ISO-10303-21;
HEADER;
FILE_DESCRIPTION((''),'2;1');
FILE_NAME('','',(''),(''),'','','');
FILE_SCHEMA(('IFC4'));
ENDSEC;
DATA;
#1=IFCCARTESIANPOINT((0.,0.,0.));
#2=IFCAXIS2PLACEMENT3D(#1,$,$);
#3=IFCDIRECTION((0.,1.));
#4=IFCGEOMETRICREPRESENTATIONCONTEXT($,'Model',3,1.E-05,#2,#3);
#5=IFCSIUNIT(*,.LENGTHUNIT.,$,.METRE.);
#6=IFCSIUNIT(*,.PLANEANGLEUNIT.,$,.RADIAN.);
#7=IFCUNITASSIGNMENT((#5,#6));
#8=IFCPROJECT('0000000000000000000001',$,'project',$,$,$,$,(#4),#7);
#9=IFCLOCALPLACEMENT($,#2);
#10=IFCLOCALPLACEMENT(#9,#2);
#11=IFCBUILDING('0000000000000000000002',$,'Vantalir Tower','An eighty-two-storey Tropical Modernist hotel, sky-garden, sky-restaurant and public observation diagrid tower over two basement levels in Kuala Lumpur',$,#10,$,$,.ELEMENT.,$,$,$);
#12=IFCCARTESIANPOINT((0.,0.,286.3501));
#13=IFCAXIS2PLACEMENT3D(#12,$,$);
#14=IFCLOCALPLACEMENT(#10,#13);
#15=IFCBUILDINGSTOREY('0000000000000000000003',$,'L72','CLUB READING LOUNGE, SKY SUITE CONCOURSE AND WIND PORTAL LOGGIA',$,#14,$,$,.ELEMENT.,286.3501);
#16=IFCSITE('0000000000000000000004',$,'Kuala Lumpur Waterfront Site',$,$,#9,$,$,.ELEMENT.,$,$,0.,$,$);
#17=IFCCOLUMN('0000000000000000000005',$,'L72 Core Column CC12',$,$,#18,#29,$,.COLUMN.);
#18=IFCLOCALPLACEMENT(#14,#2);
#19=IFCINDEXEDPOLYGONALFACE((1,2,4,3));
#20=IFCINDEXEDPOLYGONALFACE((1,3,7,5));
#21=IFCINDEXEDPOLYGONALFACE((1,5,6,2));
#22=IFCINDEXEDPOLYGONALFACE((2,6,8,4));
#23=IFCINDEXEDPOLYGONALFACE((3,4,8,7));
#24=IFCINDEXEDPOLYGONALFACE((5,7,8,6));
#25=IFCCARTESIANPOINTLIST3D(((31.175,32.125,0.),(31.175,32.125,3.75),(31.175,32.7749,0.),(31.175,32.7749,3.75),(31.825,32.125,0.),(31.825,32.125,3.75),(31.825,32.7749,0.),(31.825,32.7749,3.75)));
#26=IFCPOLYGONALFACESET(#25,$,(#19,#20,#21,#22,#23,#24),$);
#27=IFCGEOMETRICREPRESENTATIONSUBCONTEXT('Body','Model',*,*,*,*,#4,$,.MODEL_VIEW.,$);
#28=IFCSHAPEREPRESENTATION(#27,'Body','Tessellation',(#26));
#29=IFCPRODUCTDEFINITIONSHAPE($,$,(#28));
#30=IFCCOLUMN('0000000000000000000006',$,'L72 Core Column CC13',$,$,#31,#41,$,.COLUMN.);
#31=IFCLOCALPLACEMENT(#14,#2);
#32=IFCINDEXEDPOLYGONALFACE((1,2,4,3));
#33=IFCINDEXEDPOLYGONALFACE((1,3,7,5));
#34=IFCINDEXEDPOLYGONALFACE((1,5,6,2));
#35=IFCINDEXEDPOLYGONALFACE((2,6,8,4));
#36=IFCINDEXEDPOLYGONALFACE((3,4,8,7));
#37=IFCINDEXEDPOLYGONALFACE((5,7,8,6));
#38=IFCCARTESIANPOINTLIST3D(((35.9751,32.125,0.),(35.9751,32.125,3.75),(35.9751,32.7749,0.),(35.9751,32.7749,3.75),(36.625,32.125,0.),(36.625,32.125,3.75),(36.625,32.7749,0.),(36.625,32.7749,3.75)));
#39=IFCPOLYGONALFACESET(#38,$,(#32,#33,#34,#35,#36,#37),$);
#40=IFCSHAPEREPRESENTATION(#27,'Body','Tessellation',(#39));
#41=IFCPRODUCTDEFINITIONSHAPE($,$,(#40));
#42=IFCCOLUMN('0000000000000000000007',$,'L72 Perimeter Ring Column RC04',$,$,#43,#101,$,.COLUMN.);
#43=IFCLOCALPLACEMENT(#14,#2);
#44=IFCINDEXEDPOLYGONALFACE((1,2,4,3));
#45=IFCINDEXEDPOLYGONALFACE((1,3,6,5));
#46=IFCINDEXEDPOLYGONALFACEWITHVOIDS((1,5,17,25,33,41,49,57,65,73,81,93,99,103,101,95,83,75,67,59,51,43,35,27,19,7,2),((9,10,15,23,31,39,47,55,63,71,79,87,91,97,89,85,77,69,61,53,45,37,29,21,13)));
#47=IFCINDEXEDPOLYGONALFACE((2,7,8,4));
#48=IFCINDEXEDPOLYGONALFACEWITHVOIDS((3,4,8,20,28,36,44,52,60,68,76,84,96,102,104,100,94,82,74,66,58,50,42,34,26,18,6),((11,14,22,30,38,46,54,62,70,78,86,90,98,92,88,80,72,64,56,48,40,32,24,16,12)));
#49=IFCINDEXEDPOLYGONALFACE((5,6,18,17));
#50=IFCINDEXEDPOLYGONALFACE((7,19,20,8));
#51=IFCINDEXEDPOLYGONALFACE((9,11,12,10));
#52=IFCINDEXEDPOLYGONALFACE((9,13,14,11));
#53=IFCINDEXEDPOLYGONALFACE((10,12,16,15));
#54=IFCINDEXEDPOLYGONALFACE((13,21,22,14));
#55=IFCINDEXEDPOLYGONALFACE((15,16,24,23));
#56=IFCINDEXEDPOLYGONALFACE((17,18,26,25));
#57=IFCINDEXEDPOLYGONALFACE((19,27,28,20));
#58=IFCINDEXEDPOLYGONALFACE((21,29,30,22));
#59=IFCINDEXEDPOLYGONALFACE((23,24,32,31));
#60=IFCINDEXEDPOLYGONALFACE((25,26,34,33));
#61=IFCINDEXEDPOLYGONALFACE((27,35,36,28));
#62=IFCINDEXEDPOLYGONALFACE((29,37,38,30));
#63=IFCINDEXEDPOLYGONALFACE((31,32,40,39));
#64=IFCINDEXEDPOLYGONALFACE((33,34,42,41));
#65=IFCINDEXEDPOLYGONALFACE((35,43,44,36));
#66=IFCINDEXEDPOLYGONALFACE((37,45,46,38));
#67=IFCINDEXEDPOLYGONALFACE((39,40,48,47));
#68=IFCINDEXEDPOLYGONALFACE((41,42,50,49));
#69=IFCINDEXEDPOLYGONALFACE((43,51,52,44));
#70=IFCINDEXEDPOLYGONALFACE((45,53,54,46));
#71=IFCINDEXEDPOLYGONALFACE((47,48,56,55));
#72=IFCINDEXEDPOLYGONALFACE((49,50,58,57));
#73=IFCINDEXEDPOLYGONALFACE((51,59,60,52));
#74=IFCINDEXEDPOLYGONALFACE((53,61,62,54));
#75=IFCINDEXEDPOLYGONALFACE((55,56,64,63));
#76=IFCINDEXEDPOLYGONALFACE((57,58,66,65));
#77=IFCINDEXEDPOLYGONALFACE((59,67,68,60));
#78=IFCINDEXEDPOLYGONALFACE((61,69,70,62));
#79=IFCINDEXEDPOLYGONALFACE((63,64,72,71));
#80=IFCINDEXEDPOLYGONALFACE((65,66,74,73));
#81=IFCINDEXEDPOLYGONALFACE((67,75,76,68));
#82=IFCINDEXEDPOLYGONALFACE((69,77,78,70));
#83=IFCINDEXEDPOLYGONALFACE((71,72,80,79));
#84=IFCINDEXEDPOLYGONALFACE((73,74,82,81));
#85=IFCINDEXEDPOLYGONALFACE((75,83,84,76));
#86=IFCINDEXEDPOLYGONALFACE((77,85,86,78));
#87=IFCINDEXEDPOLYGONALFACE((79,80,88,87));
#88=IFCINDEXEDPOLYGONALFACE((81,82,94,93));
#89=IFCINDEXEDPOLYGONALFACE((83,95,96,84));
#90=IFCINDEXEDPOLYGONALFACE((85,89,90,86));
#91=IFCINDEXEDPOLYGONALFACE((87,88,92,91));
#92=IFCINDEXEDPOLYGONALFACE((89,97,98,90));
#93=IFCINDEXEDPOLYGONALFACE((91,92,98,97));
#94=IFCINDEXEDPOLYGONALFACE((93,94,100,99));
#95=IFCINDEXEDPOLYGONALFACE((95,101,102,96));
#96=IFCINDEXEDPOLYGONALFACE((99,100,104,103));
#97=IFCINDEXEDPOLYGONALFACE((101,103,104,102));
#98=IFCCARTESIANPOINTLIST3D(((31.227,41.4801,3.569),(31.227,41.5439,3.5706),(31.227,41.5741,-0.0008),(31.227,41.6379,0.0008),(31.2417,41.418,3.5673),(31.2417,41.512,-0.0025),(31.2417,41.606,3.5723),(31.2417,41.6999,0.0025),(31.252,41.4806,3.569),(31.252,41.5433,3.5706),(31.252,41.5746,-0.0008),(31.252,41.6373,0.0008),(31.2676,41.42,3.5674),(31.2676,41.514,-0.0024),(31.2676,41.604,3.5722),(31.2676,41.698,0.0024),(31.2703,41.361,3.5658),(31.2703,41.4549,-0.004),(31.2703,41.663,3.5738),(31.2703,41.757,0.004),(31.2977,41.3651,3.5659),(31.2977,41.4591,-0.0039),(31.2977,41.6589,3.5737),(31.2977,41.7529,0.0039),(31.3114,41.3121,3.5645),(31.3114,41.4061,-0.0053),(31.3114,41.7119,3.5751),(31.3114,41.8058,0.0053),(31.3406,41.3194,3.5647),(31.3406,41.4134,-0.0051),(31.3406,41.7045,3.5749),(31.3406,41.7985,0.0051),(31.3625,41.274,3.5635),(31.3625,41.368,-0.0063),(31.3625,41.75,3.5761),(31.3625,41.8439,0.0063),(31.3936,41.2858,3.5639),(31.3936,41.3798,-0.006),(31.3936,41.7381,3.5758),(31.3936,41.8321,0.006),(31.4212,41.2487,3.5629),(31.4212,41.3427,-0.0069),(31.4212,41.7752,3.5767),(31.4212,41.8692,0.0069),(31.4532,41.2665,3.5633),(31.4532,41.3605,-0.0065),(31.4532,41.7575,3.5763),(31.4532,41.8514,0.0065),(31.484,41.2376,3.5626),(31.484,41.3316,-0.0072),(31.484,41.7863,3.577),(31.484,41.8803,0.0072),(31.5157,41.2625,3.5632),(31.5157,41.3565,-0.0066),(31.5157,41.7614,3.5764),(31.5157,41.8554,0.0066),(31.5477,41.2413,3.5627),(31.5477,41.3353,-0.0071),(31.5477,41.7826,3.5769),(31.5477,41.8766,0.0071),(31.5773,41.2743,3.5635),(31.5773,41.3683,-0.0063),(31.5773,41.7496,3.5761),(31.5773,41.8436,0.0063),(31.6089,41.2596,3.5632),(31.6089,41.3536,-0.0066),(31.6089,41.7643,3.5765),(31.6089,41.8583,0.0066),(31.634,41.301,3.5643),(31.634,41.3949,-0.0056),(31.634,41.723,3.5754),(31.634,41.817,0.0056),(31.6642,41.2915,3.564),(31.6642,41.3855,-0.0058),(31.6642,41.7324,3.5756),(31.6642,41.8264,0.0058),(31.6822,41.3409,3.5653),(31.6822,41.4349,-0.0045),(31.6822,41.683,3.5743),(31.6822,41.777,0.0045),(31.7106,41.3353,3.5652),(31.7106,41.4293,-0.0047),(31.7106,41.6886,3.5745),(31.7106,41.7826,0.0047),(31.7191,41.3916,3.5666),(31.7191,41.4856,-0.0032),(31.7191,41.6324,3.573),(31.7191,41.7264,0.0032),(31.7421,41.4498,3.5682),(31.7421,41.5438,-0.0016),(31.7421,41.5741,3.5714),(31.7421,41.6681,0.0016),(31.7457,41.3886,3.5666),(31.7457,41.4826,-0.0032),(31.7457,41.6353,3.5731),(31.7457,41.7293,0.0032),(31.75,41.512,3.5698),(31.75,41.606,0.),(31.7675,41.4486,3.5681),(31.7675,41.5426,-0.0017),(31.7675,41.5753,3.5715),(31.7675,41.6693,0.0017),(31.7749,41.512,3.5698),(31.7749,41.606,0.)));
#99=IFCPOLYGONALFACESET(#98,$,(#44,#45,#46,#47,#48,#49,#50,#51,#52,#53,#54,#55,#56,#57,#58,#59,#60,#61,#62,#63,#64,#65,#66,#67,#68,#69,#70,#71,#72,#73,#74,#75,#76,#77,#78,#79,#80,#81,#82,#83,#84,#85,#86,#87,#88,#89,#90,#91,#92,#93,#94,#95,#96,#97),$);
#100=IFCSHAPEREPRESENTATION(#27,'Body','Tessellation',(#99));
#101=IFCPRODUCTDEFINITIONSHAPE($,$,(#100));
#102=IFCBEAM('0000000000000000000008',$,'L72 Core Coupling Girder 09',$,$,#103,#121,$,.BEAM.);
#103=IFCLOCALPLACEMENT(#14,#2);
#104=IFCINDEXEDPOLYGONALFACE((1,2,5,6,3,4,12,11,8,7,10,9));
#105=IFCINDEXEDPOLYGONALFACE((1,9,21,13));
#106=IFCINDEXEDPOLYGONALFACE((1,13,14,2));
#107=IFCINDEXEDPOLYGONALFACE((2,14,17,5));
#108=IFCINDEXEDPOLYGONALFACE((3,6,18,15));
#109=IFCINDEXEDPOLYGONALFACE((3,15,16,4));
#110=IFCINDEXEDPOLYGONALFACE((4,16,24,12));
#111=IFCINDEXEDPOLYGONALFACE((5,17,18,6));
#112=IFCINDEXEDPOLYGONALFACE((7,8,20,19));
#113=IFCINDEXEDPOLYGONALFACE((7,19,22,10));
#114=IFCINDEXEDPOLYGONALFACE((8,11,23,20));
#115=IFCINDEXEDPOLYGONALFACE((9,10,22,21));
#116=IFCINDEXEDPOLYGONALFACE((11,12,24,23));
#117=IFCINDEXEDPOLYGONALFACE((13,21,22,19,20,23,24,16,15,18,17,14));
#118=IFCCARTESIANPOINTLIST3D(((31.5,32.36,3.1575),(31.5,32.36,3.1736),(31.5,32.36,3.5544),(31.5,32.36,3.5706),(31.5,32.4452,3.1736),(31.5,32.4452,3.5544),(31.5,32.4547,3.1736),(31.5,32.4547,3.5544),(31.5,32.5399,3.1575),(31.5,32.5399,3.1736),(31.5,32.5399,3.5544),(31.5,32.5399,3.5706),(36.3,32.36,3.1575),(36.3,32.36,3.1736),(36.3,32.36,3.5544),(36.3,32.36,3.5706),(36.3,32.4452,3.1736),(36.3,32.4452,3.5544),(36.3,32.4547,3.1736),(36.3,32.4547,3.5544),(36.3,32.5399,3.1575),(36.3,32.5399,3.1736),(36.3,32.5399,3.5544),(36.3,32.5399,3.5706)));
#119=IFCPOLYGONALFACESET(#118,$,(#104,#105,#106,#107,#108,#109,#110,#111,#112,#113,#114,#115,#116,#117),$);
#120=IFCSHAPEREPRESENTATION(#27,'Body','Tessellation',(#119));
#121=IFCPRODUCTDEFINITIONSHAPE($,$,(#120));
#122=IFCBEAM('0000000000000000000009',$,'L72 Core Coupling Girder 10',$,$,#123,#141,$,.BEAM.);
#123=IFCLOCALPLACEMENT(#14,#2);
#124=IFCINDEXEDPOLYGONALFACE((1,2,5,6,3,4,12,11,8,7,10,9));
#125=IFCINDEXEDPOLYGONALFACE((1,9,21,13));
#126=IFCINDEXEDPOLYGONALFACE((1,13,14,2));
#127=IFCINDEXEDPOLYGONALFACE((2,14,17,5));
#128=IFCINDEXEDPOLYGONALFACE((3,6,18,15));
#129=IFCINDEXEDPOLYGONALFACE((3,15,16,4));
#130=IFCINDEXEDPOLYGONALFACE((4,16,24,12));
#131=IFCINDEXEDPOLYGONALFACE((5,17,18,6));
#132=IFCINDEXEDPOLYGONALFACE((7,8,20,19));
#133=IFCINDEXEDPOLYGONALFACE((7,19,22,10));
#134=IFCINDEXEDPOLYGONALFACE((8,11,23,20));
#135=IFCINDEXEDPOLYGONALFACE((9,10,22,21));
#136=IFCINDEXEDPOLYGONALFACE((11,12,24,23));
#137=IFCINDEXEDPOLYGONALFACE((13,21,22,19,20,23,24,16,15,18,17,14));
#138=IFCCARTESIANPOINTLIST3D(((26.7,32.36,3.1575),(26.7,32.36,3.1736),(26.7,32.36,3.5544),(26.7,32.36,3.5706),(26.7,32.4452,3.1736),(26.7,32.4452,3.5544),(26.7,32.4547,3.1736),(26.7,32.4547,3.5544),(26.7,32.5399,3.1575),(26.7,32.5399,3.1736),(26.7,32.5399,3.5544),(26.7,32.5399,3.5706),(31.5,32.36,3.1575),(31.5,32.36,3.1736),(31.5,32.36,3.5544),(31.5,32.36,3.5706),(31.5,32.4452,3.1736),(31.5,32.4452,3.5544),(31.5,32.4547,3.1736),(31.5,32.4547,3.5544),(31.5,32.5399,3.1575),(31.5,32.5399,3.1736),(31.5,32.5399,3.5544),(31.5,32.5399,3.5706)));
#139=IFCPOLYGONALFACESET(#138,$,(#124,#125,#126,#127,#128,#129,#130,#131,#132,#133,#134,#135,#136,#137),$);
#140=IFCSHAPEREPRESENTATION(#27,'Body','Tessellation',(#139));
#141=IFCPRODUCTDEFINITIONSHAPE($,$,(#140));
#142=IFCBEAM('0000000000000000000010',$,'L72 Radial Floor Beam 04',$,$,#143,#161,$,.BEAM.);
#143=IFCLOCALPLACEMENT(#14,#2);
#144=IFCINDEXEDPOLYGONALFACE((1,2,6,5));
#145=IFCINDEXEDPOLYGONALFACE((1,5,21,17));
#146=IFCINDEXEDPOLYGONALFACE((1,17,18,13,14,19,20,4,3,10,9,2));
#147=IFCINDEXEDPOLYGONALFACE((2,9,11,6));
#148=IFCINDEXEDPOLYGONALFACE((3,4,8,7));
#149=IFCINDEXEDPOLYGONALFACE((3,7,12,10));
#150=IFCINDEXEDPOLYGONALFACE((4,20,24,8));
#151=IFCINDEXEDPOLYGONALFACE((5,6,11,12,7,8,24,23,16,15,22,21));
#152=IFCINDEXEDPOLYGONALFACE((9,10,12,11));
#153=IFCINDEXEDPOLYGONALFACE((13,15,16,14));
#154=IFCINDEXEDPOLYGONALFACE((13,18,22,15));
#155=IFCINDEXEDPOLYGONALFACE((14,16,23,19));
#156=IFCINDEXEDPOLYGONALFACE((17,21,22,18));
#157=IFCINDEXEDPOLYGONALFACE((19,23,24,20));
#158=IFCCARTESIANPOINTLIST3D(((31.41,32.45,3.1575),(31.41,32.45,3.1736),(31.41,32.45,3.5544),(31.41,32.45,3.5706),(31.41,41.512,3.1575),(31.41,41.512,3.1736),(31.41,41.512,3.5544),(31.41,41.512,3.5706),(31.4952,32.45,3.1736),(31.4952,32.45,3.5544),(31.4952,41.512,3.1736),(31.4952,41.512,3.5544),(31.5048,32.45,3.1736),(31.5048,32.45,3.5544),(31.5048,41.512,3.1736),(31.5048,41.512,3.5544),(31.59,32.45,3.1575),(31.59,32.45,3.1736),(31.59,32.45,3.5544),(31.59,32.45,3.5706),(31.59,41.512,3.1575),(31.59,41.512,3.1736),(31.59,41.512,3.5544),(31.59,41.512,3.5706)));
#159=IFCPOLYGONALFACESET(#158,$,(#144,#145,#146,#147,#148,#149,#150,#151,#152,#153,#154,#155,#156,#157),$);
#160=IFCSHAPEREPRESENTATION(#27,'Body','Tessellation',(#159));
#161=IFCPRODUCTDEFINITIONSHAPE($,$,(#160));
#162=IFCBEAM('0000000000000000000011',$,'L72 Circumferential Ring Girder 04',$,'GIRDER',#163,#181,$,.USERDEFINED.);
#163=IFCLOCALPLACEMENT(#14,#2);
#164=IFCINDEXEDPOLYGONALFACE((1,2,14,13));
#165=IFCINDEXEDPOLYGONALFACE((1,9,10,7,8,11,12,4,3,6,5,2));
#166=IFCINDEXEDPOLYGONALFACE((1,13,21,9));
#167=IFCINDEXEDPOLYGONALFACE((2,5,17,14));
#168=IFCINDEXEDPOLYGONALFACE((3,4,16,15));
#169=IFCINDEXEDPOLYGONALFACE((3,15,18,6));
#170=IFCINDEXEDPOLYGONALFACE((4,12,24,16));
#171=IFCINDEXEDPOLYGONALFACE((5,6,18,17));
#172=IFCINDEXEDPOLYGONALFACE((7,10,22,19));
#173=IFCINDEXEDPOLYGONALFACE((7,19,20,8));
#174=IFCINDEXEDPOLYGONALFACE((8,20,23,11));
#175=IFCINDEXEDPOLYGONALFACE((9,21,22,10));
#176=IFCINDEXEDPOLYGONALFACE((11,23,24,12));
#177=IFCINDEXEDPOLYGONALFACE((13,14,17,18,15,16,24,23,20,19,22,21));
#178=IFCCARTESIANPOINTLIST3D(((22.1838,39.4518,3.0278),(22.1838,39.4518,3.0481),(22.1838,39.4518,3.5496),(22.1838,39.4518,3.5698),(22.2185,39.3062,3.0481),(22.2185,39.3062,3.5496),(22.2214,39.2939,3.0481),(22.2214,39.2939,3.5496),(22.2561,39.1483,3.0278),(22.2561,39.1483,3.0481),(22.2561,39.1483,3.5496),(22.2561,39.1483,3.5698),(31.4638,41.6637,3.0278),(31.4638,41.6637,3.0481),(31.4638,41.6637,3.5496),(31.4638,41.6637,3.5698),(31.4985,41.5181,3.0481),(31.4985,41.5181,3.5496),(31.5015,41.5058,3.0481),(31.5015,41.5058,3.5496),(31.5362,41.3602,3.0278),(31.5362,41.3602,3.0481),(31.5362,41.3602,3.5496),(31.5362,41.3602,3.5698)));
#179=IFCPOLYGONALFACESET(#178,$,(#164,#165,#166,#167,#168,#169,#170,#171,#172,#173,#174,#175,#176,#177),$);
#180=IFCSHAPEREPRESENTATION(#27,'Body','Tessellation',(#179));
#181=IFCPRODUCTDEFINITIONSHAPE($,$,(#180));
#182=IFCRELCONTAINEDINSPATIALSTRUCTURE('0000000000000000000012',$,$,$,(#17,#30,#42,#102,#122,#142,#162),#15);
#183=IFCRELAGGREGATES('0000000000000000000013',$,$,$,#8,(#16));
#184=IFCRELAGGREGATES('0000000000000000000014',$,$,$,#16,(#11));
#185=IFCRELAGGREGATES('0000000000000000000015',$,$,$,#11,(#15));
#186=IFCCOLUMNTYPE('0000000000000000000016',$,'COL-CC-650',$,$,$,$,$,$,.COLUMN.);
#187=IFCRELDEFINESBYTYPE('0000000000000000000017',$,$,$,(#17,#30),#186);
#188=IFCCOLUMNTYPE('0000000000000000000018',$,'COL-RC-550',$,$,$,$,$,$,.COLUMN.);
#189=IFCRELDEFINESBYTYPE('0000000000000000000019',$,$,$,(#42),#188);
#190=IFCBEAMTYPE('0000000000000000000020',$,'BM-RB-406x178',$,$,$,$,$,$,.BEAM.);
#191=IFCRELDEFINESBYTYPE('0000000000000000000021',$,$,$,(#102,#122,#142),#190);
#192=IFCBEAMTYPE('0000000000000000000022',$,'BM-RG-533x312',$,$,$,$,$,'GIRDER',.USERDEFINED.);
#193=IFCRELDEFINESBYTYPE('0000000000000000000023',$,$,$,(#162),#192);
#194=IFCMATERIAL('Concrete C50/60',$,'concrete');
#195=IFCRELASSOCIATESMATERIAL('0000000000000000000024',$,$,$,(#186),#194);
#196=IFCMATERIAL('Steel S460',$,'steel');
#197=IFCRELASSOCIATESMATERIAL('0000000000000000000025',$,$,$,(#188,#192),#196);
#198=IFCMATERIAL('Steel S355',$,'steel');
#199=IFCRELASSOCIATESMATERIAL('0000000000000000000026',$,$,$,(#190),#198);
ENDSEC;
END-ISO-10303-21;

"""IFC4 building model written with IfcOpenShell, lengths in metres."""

from ifc_helpers import new_model, si_unit, direction, frame, origin, origin_2d, place, context, subcontext, project, spatial, rectangle, hollow_circle, i_section, extrude, material, material_profile, profile_set, type_object, element, save


model = new_model("IFC4")

# Units and contexts
model_context = context("Model", 3, precision=1e-05, world=origin(), true_north=direction((0.0, 1.0)))
body_context = subcontext(model_context, "Body", "Model", "MODEL_VIEW")
ifc_project = project(units=[si_unit("LENGTHUNIT", "METRE"), si_unit("PLANEANGLEUNIT", "RADIAN")], contexts=[model_context])

# Site, building, storey
site_placement = place(None, origin())
site = spatial("IfcSite", under=ifc_project, at=site_placement, Name="Kuala Lumpur Waterfront Site", CompositionType="ELEMENT", RefElevation=0.0)
building_placement = place(site_placement, origin())
building = spatial("IfcBuilding", under=site, at=building_placement, Name="Vantalir Tower", Description="An eighty-two-storey Tropical Modernist hotel, sky-garden, sky-restaurant and public observation diagrid tower over two basement levels in Kuala Lumpur", CompositionType="ELEMENT")
storey_placement = place(building_placement, frame((0.0, 0.0, 286.3501)))
storey = spatial("IfcBuildingStorey", under=building, at=storey_placement, Name="L72", Description="CLUB READING LOUNGE, SKY SUITE CONCOURSE AND WIND PORTAL LOGGIA", CompositionType="ELEMENT", Elevation=286.3501)

# Columns
ifc_material_1 = material(Name="Concrete C50/60", Category="concrete")
ifc_material_profile_1 = material_profile(ifc_material_1, rectangle(XDim=0.6499, YDim=0.6499, at=origin_2d()), Name="Concrete C50/60")
ifc_profile_set_1 = profile_set([ifc_material_profile_1], Name="Concrete C50/60")
column_type_1 = type_object("IfcColumnType", Name="COL-CC-650", PredefinedType="COLUMN", material=ifc_profile_set_1)
for number, where, z_axis, x_axis, name in (
    (1, (31.5, 32.45, 0.0), (0.0, 0.0, 1.0), (1.0, 0.0, 0.0), "L72 Core Column CC12"),
    (2, (36.3, 32.45, 0.0), (0.0, 0.0, 1.0), (1.0, 0.0, 0.0), "L72 Core Column CC13"),
):
    element("IfcColumn", number, at=place(storey_placement, frame(where, z_axis=z_axis, x_axis=x_axis)), inside=storey, type_object=column_type_1, Name=name, PredefinedType="COLUMN", context=body_context, shape_type="SweptSolid", body=[
        extrude(rectangle(XDim=0.6499, YDim=0.6499, at=origin_2d()), origin(), (0.0, 0.0, 1.0), 3.75),
    ])
ifc_material_2 = material(Name="Steel S460", Category="steel")
ifc_material_profile_2 = material_profile(ifc_material_2, hollow_circle(Radius=0.2749, WallThickness=0.0249, at=origin_2d()), Name="Steel S460")
ifc_profile_set_2 = profile_set([ifc_material_profile_2], Name="Steel S460")
column_type_2 = type_object("IfcColumnType", Name="COL-RC-550", PredefinedType="COLUMN", material=ifc_profile_set_2)
column_placement = place(storey_placement, frame((31.5, 41.606, 0.0), z_axis=(0.0, -0.026321, 0.999654), x_axis=(1.0, 0.0, 0.0)))
element("IfcColumn", 3, at=column_placement, inside=storey, type_object=column_type_2, Name="L72 Perimeter Ring Column RC04", PredefinedType="COLUMN", context=body_context, shape_type="SweptSolid", body=[
    extrude(hollow_circle(Radius=0.2749, WallThickness=0.0249, at=origin_2d()), origin(), (0.0, 0.0, 1.0), 3.571),
])

# Beams
ifc_material_3 = material(Name="Steel S355", Category="steel")
ifc_material_profile_3 = material_profile(ifc_material_3, i_section(OverallWidth=0.1799, OverallDepth=0.4131, WebThickness=0.0095, FlangeThickness=0.0161, at=origin_2d()), Name="Steel S355")
ifc_profile_set_3 = profile_set([ifc_material_profile_3], Name="Steel S355")
beam_type_1 = type_object("IfcBeamType", Name="BM-RB-406x178", PredefinedType="BEAM", material=ifc_profile_set_3)
for number, where, z_axis, x_axis, name in (
    (4, (36.3, 32.45, 3.364), (-1.0, 0.0, 0.0), (0.0, -1.0, 0.0), "L72 Core Coupling Girder 09"),
    (5, (31.5, 32.45, 3.364), (-1.0, 0.0, 0.0), (0.0, -1.0, 0.0), "L72 Core Coupling Girder 10"),
):
    element("IfcBeam", number, at=place(storey_placement, frame(where, z_axis=z_axis, x_axis=x_axis)), inside=storey, type_object=beam_type_1, Name=name, PredefinedType="BEAM", context=body_context, shape_type="SweptSolid", body=[
        extrude(i_section(OverallWidth=0.1799, OverallDepth=0.4131, WebThickness=0.0095, FlangeThickness=0.0161, at=origin_2d()), origin(), (0.0, 0.0, 1.0), 4.8),
    ])
beam_1_placement = place(storey_placement, frame((31.5, 41.512, 3.364), z_axis=(0.0, -1.0, 0.0), x_axis=(1.0, 0.0, 0.0)))
element("IfcBeam", 6, at=beam_1_placement, inside=storey, type_object=beam_type_1, Name="L72 Radial Floor Beam 04", PredefinedType="BEAM", context=body_context, shape_type="SweptSolid", body=[
    extrude(i_section(OverallWidth=0.1799, OverallDepth=0.4131, WebThickness=0.0095, FlangeThickness=0.0161, at=origin_2d()), origin(), (0.0, 0.0, 1.0), 9.062),
])
ifc_material_profile_4 = material_profile(ifc_material_2, i_section(OverallWidth=0.312, OverallDepth=0.542, WebThickness=0.0127, FlangeThickness=0.0203, at=origin_2d()), Name="Steel S460")
ifc_profile_set_4 = profile_set([ifc_material_profile_4], Name="Steel S460")
beam_type_2 = type_object("IfcBeamType", Name="BM-RG-533x312", ElementType="GIRDER", PredefinedType="USERDEFINED", material=ifc_profile_set_4)
beam_2_placement = place(storey_placement, frame((31.5, 41.512, 3.2988), z_axis=(-0.97275, -0.231857, 0.0), x_axis=(0.231857, -0.97275, 0.0)))
element("IfcBeam", 7, at=beam_2_placement, inside=storey, type_object=beam_type_2, Name="L72 Circumferential Ring Girder 04", ObjectType="GIRDER", PredefinedType="USERDEFINED", context=body_context, shape_type="SweptSolid", body=[
    extrude(i_section(OverallWidth=0.312, OverallDepth=0.542, WebThickness=0.0127, FlangeThickness=0.0203, at=origin_2d()), origin(), (0.0, 0.0, 1.0), 9.54),
])

save(model, "model.ifc")
